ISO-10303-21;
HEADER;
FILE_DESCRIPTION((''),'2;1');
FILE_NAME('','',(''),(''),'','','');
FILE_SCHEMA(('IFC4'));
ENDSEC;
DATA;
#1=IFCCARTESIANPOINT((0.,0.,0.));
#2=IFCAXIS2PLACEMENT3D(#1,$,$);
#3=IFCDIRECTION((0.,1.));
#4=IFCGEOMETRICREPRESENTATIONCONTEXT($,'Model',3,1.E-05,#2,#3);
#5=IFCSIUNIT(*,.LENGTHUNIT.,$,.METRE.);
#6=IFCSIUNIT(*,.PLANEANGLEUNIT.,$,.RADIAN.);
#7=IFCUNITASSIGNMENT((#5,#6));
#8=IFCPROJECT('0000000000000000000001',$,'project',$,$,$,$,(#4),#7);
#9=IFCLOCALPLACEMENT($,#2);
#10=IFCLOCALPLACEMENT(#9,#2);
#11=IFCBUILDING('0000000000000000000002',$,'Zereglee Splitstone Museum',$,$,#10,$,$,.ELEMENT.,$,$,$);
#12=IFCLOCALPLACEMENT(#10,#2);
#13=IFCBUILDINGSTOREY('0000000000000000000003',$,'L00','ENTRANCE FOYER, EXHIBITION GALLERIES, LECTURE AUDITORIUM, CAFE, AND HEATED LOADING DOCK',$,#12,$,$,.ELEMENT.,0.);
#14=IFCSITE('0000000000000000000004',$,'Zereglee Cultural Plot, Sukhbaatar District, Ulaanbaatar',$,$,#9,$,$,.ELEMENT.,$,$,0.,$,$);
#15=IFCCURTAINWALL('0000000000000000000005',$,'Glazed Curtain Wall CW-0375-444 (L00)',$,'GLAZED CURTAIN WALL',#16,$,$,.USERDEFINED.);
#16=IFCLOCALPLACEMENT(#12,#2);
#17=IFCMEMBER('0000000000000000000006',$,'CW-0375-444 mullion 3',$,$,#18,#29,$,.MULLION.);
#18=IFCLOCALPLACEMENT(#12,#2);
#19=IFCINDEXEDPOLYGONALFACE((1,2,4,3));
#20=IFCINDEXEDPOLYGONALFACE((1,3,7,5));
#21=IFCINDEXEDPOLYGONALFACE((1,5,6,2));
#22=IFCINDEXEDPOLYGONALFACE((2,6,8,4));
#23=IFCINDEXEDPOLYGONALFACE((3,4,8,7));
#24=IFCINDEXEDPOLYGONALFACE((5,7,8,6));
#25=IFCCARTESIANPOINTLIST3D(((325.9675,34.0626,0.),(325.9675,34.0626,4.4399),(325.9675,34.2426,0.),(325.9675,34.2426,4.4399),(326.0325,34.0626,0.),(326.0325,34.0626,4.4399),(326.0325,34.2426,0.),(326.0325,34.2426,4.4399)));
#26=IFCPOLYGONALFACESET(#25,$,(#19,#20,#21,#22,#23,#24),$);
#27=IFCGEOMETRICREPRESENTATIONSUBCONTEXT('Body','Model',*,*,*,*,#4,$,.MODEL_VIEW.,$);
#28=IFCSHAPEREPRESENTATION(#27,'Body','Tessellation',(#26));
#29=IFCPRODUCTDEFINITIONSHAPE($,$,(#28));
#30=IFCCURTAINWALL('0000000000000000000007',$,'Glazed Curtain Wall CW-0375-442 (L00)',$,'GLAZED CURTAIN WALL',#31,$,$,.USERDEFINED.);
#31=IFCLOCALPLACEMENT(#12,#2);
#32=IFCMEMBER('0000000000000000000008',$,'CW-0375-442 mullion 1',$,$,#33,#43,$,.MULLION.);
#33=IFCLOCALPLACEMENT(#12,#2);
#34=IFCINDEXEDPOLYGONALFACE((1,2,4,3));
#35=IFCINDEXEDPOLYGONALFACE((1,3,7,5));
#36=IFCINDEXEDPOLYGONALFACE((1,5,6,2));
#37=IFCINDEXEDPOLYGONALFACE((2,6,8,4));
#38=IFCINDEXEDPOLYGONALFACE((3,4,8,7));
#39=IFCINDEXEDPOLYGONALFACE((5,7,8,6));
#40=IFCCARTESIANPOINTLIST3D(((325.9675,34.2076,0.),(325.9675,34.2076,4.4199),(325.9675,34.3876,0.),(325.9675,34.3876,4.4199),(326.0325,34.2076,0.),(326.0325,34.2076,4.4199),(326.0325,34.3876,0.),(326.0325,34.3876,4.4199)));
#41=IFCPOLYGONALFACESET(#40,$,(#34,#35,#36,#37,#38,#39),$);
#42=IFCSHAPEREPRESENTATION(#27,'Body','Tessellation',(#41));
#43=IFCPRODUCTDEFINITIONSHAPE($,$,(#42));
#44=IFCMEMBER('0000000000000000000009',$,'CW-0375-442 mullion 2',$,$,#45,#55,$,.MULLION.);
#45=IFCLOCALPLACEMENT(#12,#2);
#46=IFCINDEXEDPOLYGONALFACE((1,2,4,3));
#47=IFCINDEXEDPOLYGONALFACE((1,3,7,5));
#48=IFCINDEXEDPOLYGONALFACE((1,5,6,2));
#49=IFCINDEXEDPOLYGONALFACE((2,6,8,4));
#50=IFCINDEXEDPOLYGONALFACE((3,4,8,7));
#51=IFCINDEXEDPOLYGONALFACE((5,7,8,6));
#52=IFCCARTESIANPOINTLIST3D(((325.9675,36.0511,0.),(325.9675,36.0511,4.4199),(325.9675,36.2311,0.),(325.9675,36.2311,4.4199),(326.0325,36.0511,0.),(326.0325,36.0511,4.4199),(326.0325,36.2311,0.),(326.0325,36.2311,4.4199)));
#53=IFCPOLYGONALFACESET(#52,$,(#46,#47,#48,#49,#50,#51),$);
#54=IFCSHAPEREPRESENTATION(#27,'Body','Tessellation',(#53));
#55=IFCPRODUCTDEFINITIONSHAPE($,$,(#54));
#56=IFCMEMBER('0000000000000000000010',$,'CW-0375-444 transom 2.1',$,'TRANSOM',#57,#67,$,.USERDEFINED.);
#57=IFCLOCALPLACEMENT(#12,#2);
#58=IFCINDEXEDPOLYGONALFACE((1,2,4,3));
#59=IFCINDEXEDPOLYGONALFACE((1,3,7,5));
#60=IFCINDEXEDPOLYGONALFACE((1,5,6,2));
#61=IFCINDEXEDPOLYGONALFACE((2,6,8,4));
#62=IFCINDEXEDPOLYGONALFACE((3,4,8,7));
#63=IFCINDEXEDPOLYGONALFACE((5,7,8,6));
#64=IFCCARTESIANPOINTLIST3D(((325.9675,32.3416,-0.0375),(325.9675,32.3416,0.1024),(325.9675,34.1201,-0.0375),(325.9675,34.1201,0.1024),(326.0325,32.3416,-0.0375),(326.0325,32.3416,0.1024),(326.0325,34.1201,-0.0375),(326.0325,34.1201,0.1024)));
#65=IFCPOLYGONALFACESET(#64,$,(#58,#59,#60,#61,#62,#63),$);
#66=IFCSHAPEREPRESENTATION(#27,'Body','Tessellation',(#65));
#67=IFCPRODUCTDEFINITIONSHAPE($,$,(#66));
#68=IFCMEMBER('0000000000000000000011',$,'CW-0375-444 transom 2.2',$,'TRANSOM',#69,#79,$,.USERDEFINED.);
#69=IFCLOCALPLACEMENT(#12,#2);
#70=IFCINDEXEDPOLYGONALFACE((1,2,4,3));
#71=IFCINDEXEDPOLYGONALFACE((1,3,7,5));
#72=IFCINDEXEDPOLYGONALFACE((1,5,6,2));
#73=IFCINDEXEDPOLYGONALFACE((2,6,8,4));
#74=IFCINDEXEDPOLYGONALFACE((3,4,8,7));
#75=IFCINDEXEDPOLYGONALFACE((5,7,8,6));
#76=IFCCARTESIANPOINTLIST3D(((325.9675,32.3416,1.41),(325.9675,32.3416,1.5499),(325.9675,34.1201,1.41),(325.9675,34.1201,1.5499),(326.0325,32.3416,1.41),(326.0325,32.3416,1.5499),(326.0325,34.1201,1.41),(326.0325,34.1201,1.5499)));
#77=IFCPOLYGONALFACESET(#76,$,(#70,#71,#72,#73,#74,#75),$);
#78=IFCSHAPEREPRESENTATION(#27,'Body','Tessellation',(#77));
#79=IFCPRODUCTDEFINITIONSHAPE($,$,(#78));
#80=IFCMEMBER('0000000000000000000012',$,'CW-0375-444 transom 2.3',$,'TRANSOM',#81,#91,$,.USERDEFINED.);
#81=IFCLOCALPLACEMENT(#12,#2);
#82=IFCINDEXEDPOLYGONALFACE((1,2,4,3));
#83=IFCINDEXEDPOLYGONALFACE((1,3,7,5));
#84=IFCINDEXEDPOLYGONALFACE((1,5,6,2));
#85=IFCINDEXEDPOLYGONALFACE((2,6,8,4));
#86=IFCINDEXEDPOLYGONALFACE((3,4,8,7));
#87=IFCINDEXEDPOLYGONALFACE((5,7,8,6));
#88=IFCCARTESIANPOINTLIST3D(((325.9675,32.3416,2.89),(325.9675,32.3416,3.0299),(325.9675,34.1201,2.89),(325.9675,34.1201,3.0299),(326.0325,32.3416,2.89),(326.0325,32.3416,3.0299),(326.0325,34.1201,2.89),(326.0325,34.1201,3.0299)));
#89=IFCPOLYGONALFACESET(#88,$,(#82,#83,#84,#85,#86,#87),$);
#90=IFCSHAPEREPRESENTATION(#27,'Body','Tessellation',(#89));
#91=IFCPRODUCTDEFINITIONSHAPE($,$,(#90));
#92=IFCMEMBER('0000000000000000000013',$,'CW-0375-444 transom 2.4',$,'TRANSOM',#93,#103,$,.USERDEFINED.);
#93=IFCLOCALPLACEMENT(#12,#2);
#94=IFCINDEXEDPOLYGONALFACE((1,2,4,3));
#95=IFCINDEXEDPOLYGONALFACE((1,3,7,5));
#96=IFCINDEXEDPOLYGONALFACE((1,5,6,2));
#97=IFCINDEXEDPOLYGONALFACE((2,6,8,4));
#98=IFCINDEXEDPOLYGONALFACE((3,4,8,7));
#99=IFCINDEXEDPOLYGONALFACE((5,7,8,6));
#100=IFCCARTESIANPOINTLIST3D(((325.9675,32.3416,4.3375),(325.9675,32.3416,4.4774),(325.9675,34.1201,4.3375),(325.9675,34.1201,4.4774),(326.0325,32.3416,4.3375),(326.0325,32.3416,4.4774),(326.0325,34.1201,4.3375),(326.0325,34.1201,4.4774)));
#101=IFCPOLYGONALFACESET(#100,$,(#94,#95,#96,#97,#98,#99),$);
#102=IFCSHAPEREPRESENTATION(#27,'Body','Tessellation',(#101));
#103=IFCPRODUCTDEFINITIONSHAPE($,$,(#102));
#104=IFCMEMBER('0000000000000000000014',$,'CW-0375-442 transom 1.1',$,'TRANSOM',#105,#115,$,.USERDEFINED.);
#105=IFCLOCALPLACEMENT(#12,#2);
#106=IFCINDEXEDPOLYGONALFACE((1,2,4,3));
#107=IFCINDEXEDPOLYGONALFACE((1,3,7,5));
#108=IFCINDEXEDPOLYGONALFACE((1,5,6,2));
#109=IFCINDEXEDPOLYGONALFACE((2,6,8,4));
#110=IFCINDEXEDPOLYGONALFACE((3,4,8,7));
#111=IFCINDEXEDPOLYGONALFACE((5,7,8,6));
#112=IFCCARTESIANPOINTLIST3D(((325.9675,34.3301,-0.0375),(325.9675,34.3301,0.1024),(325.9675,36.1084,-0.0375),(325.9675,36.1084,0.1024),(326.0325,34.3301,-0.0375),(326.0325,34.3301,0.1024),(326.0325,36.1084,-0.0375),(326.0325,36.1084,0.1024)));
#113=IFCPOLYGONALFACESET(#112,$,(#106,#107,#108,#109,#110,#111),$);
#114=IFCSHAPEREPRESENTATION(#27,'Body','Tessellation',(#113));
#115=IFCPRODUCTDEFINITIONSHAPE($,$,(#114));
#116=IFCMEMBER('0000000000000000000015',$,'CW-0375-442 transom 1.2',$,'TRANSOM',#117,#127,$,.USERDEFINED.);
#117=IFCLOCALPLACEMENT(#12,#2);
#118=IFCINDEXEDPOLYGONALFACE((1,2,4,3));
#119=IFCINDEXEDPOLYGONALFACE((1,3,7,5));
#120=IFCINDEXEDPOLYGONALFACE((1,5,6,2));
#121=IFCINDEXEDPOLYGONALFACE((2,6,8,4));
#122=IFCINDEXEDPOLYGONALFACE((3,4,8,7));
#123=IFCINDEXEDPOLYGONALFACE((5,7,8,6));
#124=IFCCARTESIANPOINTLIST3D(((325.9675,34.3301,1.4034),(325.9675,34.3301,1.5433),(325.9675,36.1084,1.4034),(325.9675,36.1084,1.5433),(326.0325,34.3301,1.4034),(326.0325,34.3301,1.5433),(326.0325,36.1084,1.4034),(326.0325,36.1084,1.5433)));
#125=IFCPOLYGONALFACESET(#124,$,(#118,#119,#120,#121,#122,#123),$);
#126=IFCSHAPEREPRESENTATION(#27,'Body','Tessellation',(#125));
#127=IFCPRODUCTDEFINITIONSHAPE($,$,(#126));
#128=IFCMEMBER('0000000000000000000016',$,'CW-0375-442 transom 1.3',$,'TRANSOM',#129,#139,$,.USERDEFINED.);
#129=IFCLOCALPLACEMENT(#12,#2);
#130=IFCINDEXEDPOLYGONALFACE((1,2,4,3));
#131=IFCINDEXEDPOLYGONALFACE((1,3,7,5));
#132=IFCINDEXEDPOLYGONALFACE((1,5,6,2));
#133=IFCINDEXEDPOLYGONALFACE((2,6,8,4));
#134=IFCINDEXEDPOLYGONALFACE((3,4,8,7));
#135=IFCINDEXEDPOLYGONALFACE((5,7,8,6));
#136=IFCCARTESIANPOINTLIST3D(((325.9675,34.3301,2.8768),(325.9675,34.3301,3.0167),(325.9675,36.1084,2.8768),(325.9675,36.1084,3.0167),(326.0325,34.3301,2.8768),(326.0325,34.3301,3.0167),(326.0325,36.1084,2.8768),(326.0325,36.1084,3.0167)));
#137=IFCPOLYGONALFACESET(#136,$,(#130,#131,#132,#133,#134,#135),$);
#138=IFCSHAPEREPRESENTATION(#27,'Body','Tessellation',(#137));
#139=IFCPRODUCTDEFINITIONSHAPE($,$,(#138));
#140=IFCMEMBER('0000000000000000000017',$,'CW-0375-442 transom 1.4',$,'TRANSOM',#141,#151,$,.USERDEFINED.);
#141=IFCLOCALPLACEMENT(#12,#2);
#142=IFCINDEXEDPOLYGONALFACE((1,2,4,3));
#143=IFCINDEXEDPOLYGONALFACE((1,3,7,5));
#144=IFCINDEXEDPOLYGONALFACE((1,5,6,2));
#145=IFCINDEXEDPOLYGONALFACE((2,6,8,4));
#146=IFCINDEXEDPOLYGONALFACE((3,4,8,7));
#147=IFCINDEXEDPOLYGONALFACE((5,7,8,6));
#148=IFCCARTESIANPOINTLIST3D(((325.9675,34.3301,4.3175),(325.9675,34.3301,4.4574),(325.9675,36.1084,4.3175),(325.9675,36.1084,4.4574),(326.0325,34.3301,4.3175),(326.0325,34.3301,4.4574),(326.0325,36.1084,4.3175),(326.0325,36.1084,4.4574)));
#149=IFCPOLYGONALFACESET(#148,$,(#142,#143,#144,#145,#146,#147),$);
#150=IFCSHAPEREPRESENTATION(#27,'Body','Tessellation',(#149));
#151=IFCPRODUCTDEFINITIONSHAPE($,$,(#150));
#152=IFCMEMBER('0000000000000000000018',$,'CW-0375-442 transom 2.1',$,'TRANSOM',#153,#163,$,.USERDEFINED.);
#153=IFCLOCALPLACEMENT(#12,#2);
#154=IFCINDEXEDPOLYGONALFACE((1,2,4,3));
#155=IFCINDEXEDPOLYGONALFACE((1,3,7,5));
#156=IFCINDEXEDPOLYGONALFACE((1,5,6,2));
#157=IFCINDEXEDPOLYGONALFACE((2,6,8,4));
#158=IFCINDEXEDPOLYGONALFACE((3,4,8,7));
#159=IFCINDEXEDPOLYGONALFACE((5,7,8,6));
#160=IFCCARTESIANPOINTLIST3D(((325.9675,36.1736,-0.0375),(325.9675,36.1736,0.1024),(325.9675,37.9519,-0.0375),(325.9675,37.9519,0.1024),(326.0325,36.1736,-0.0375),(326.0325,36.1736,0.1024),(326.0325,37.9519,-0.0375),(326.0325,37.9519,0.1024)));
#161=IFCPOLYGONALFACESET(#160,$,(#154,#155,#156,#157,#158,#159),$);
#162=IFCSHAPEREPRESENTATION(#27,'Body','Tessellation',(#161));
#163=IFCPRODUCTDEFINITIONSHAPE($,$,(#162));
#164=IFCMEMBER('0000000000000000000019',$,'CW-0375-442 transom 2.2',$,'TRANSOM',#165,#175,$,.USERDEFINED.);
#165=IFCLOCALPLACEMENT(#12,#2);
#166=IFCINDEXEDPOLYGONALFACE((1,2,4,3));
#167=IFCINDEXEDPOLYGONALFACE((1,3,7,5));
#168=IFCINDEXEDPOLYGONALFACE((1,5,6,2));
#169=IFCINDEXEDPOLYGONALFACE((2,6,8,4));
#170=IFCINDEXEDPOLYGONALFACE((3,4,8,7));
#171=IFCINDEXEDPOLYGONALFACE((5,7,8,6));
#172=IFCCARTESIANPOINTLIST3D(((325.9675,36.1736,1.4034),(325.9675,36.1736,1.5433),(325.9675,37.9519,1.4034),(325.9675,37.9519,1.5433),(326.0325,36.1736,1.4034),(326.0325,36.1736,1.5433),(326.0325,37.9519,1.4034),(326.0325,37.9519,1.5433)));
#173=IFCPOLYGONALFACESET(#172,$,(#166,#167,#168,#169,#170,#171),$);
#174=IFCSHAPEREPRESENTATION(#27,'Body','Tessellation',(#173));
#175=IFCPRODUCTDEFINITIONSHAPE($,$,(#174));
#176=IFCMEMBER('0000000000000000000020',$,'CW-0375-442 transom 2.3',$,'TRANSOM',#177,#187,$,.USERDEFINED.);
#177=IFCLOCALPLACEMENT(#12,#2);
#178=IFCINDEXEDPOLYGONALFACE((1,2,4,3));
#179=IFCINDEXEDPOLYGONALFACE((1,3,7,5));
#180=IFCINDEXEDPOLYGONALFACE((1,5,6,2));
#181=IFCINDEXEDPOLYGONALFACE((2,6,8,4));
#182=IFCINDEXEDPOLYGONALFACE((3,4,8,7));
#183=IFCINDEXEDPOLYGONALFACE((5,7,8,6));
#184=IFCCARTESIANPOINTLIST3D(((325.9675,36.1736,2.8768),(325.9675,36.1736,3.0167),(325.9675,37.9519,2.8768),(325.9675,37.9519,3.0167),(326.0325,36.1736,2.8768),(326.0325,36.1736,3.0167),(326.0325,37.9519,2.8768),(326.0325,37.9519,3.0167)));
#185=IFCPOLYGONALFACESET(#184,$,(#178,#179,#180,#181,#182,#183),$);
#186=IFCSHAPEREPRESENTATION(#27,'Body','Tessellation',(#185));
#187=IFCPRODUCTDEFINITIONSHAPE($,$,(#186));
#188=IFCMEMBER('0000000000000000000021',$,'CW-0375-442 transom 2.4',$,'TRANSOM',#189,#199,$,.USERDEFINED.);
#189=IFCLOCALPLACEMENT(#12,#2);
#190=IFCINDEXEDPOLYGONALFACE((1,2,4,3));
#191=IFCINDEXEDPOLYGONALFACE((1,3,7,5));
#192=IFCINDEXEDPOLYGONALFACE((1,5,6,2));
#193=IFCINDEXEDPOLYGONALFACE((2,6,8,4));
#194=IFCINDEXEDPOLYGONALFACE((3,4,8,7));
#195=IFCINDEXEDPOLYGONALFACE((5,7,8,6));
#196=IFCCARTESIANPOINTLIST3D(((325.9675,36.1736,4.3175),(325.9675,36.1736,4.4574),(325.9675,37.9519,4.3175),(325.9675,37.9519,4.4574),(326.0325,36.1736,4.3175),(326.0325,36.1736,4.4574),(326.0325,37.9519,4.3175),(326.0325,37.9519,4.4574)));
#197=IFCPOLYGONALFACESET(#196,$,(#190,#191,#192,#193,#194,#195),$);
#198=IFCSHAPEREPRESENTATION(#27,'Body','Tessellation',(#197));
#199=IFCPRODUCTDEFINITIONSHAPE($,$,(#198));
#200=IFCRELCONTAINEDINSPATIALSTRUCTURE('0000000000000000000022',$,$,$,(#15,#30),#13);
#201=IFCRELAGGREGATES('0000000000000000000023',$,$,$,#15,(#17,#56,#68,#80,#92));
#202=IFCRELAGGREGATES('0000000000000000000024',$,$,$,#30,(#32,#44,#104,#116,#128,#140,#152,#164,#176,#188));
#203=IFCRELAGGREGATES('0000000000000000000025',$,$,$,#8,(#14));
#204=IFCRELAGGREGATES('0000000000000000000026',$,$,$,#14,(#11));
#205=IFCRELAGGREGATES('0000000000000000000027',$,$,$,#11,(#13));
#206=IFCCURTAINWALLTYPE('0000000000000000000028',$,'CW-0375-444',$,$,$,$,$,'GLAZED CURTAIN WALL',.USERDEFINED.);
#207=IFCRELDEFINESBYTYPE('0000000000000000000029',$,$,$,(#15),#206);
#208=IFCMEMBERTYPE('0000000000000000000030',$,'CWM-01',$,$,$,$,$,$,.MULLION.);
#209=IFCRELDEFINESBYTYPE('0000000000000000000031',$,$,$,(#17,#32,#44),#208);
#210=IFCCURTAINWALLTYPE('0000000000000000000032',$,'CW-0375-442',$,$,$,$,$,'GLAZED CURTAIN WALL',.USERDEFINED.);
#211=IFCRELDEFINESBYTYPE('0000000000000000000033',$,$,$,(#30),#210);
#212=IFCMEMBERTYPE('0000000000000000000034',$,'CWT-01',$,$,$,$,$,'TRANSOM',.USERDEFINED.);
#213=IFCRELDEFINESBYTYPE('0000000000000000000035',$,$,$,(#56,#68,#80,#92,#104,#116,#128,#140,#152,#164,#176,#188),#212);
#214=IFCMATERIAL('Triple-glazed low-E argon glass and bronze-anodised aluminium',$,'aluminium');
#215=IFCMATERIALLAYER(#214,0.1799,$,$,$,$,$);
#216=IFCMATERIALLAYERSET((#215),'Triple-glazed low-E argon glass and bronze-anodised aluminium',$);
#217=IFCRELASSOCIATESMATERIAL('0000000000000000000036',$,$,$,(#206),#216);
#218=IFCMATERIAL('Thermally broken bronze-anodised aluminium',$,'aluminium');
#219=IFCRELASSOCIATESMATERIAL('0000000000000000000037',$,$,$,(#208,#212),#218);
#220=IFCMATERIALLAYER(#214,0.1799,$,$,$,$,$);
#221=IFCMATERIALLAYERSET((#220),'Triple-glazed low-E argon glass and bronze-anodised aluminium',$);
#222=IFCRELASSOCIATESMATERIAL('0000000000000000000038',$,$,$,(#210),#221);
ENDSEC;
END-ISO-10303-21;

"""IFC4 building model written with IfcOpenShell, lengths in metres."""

from ifc_helpers import new_model, si_unit, direction, frame, origin, origin_2d, place, context, subcontext, project, spatial, rectangle, extrude, material, layer, layer_set, material_profile, profile_set, type_object, element, aggregate, save


model = new_model("IFC4")

# Units and contexts
model_context = context("Model", 3, precision=1e-05, world=origin(), true_north=direction((0.0, 1.0)))
body_context = subcontext(model_context, "Body", "Model", "MODEL_VIEW")
ifc_project = project(units=[si_unit("LENGTHUNIT", "METRE"), si_unit("PLANEANGLEUNIT", "RADIAN")], contexts=[model_context])

# Site, building, storey
site_placement = place(None, origin())
site = spatial("IfcSite", under=ifc_project, at=site_placement, Name="Zereglee Cultural Plot, Sukhbaatar District, Ulaanbaatar", CompositionType="ELEMENT", RefElevation=0.0)
building_placement = place(site_placement, origin())
building = spatial("IfcBuilding", under=site, at=building_placement, Name="Zereglee Splitstone Museum", CompositionType="ELEMENT")
storey_placement = place(building_placement, origin())
storey = spatial("IfcBuildingStorey", under=building, at=storey_placement, Name="L00", Description="ENTRANCE FOYER, EXHIBITION GALLERIES, LECTURE AUDITORIUM, CAFE, AND HEATED LOADING DOCK", CompositionType="ELEMENT", Elevation=0.0)

# Curtain wall, member
ifc_material_1 = material(Name="Triple-glazed low-E argon glass and bronze-anodised aluminium", Category="aluminium")
ifc_layer_1 = layer(ifc_material_1, 0.1799)
ifc_layer_set_1 = layer_set([ifc_layer_1], Name="Triple-glazed low-E argon glass and bronze-anodised aluminium")
curtain_wall_type_1 = type_object("IfcCurtainWallType", Name="CW-0375-444", ElementType="GLAZED CURTAIN WALL", PredefinedType="USERDEFINED", material=ifc_layer_set_1)
curtain_wall_1_placement = place(storey_placement, origin())
curtain_wall_1 = element("IfcCurtainWall", 1, at=curtain_wall_1_placement, inside=storey, type_object=curtain_wall_type_1, Name="Glazed Curtain Wall CW-0375-444 (L00)", ObjectType="GLAZED CURTAIN WALL", PredefinedType="USERDEFINED")
ifc_material_2 = material(Name="Thermally broken bronze-anodised aluminium", Category="aluminium")
ifc_material_profile_1 = material_profile(ifc_material_2, rectangle(XDim=0.0649, YDim=0.1799, at=origin_2d()), Name="CW MULL 65x180")
ifc_profile_set_1 = profile_set([ifc_material_profile_1], Name="Thermally broken bronze-anodised aluminium")
member_type_1 = type_object("IfcMemberType", Name="CWM-01", PredefinedType="MULLION", material=ifc_profile_set_1)
member_1_placement = place(storey_placement, frame((326.0, 34.1526, 0.0), z_axis=(0.0, 0.0, 1.0), x_axis=(-1.0, 0.0, 0.0)))
member_1 = element("IfcMember", 2, at=member_1_placement, type_object=member_type_1, Name="CW-0375-444 mullion 3", PredefinedType="MULLION", context=body_context, shape_type="SweptSolid", body=[
    extrude(rectangle(XDim=0.0649, YDim=0.1799, at=origin_2d()), origin(), (0.0, 0.0, 1.0), 4.4399),
])

# Curtain wall, members
ifc_layer_2 = layer(ifc_material_1, 0.1799)
ifc_layer_set_2 = layer_set([ifc_layer_2], Name="Triple-glazed low-E argon glass and bronze-anodised aluminium")
curtain_wall_type_2 = type_object("IfcCurtainWallType", Name="CW-0375-442", ElementType="GLAZED CURTAIN WALL", PredefinedType="USERDEFINED", material=ifc_layer_set_2)
curtain_wall_2_placement = place(storey_placement, origin())
curtain_wall_2 = element("IfcCurtainWall", 3, at=curtain_wall_2_placement, inside=storey, type_object=curtain_wall_type_2, Name="Glazed Curtain Wall CW-0375-442 (L00)", ObjectType="GLAZED CURTAIN WALL", PredefinedType="USERDEFINED")
member_2_placement = place(storey_placement, frame((326.0, 34.2976, 0.0), z_axis=(0.0, 0.0, 1.0), x_axis=(-1.0, 0.0, 0.0)))
member_2 = element("IfcMember", 4, at=member_2_placement, type_object=member_type_1, Name="CW-0375-442 mullion 1", PredefinedType="MULLION", context=body_context, shape_type="SweptSolid", body=[
    extrude(rectangle(XDim=0.0649, YDim=0.1799, at=origin_2d()), origin(), (0.0, 0.0, 1.0), 4.4199),
])
member_3_placement = place(storey_placement, frame((326.0, 36.1411, 0.0), z_axis=(0.0, 0.0, 1.0), x_axis=(-1.0, 0.0, 0.0)))
member_3 = element("IfcMember", 5, at=member_3_placement, type_object=member_type_1, Name="CW-0375-442 mullion 2", PredefinedType="MULLION", context=body_context, shape_type="SweptSolid", body=[
    extrude(rectangle(XDim=0.0649, YDim=0.1799, at=origin_2d()), origin(), (0.0, 0.0, 1.0), 4.4199),
])

# Members
ifc_material_profile_2 = material_profile(ifc_material_2, rectangle(XDim=0.0649, YDim=0.1399, at=origin_2d()), Name="CW TRAN 65x140")
ifc_profile_set_2 = profile_set([ifc_material_profile_2], Name="Thermally broken bronze-anodised aluminium")
member_type_2 = type_object("IfcMemberType", Name="CWT-01", ElementType="TRANSOM", PredefinedType="USERDEFINED", material=ifc_profile_set_2)
member_4_placement = place(storey_placement, frame((326.0, 32.3416, 0.0325), z_axis=(0.0, 1.0, 0.0), x_axis=(-1.0, 0.0, 0.0)))
member_4 = element("IfcMember", 6, at=member_4_placement, type_object=member_type_2, Name="CW-0375-444 transom 2.1", ObjectType="TRANSOM", PredefinedType="USERDEFINED", context=body_context, shape_type="SweptSolid", body=[
    extrude(rectangle(XDim=0.0649, YDim=0.1399, at=origin_2d()), origin(), (0.0, 0.0, 1.0), 1.7786),
])
member_5_placement = place(storey_placement, frame((326.0, 32.3416, 1.48), z_axis=(0.0, 1.0, 0.0), x_axis=(-1.0, 0.0, 0.0)))
member_5 = element("IfcMember", 7, at=member_5_placement, type_object=member_type_2, Name="CW-0375-444 transom 2.2", ObjectType="TRANSOM", PredefinedType="USERDEFINED", context=body_context, shape_type="SweptSolid", body=[
    extrude(rectangle(XDim=0.0649, YDim=0.1399, at=origin_2d()), origin(), (0.0, 0.0, 1.0), 1.7786),
])
member_6_placement = place(storey_placement, frame((326.0, 32.3416, 2.96), z_axis=(0.0, 1.0, 0.0), x_axis=(-1.0, 0.0, 0.0)))
member_6 = element("IfcMember", 8, at=member_6_placement, type_object=member_type_2, Name="CW-0375-444 transom 2.3", ObjectType="TRANSOM", PredefinedType="USERDEFINED", context=body_context, shape_type="SweptSolid", body=[
    extrude(rectangle(XDim=0.0649, YDim=0.1399, at=origin_2d()), origin(), (0.0, 0.0, 1.0), 1.7786),
])
member_7_placement = place(storey_placement, frame((326.0, 32.3416, 4.4075), z_axis=(0.0, 1.0, 0.0), x_axis=(-1.0, 0.0, 0.0)))
member_7 = element("IfcMember", 9, at=member_7_placement, type_object=member_type_2, Name="CW-0375-444 transom 2.4", ObjectType="TRANSOM", PredefinedType="USERDEFINED", context=body_context, shape_type="SweptSolid", body=[
    extrude(rectangle(XDim=0.0649, YDim=0.1399, at=origin_2d()), origin(), (0.0, 0.0, 1.0), 1.7786),
])
member_8_placement = place(storey_placement, frame((326.0, 34.3301, 0.0325), z_axis=(0.0, 1.0, 0.0), x_axis=(-1.0, 0.0, 0.0)))
member_8 = element("IfcMember", 10, at=member_8_placement, type_object=member_type_2, Name="CW-0375-442 transom 1.1", ObjectType="TRANSOM", PredefinedType="USERDEFINED", context=body_context, shape_type="SweptSolid", body=[
    extrude(rectangle(XDim=0.0649, YDim=0.1399, at=origin_2d()), origin(), (0.0, 0.0, 1.0), 1.7783),
])
member_9_placement = place(storey_placement, frame((326.0, 34.3301, 1.4734), z_axis=(0.0, 1.0, 0.0), x_axis=(-1.0, 0.0, 0.0)))
member_9 = element("IfcMember", 11, at=member_9_placement, type_object=member_type_2, Name="CW-0375-442 transom 1.2", ObjectType="TRANSOM", PredefinedType="USERDEFINED", context=body_context, shape_type="SweptSolid", body=[
    extrude(rectangle(XDim=0.0649, YDim=0.1399, at=origin_2d()), origin(), (0.0, 0.0, 1.0), 1.7783),
])
member_10_placement = place(storey_placement, frame((326.0, 34.3301, 2.9468), z_axis=(0.0, 1.0, 0.0), x_axis=(-1.0, 0.0, 0.0)))
member_10 = element("IfcMember", 12, at=member_10_placement, type_object=member_type_2, Name="CW-0375-442 transom 1.3", ObjectType="TRANSOM", PredefinedType="USERDEFINED", context=body_context, shape_type="SweptSolid", body=[
    extrude(rectangle(XDim=0.0649, YDim=0.1399, at=origin_2d()), origin(), (0.0, 0.0, 1.0), 1.7783),
])
member_11_placement = place(storey_placement, frame((326.0, 34.3301, 4.3875), z_axis=(0.0, 1.0, 0.0), x_axis=(-1.0, 0.0, 0.0)))
member_11 = element("IfcMember", 13, at=member_11_placement, type_object=member_type_2, Name="CW-0375-442 transom 1.4", ObjectType="TRANSOM", PredefinedType="USERDEFINED", context=body_context, shape_type="SweptSolid", body=[
    extrude(rectangle(XDim=0.0649, YDim=0.1399, at=origin_2d()), origin(), (0.0, 0.0, 1.0), 1.7783),
])
member_12_placement = place(storey_placement, frame((326.0, 36.1736, 0.0325), z_axis=(0.0, 1.0, 0.0), x_axis=(-1.0, 0.0, 0.0)))
member_12 = element("IfcMember", 14, at=member_12_placement, type_object=member_type_2, Name="CW-0375-442 transom 2.1", ObjectType="TRANSOM", PredefinedType="USERDEFINED", context=body_context, shape_type="SweptSolid", body=[
    extrude(rectangle(XDim=0.0649, YDim=0.1399, at=origin_2d()), origin(), (0.0, 0.0, 1.0), 1.7783),
])
member_13_placement = place(storey_placement, frame((326.0, 36.1736, 1.4734), z_axis=(0.0, 1.0, 0.0), x_axis=(-1.0, 0.0, 0.0)))
member_13 = element("IfcMember", 15, at=member_13_placement, type_object=member_type_2, Name="CW-0375-442 transom 2.2", ObjectType="TRANSOM", PredefinedType="USERDEFINED", context=body_context, shape_type="SweptSolid", body=[
    extrude(rectangle(XDim=0.0649, YDim=0.1399, at=origin_2d()), origin(), (0.0, 0.0, 1.0), 1.7783),
])
member_14_placement = place(storey_placement, frame((326.0, 36.1736, 2.9468), z_axis=(0.0, 1.0, 0.0), x_axis=(-1.0, 0.0, 0.0)))
member_14 = element("IfcMember", 16, at=member_14_placement, type_object=member_type_2, Name="CW-0375-442 transom 2.3", ObjectType="TRANSOM", PredefinedType="USERDEFINED", context=body_context, shape_type="SweptSolid", body=[
    extrude(rectangle(XDim=0.0649, YDim=0.1399, at=origin_2d()), origin(), (0.0, 0.0, 1.0), 1.7783),
])
member_15_placement = place(storey_placement, frame((326.0, 36.1736, 4.3875), z_axis=(0.0, 1.0, 0.0), x_axis=(-1.0, 0.0, 0.0)))
member_15 = element("IfcMember", 17, at=member_15_placement, type_object=member_type_2, Name="CW-0375-442 transom 2.4", ObjectType="TRANSOM", PredefinedType="USERDEFINED", context=body_context, shape_type="SweptSolid", body=[
    extrude(rectangle(XDim=0.0649, YDim=0.1399, at=origin_2d()), origin(), (0.0, 0.0, 1.0), 1.7783),
])

aggregate(curtain_wall_1, [member_1, member_4, member_5, member_6, member_7])
aggregate(curtain_wall_2, [member_2, member_3, member_8, member_9, member_10, member_11, member_12, member_13, member_14, member_15])

save(model, "model.ifc")
